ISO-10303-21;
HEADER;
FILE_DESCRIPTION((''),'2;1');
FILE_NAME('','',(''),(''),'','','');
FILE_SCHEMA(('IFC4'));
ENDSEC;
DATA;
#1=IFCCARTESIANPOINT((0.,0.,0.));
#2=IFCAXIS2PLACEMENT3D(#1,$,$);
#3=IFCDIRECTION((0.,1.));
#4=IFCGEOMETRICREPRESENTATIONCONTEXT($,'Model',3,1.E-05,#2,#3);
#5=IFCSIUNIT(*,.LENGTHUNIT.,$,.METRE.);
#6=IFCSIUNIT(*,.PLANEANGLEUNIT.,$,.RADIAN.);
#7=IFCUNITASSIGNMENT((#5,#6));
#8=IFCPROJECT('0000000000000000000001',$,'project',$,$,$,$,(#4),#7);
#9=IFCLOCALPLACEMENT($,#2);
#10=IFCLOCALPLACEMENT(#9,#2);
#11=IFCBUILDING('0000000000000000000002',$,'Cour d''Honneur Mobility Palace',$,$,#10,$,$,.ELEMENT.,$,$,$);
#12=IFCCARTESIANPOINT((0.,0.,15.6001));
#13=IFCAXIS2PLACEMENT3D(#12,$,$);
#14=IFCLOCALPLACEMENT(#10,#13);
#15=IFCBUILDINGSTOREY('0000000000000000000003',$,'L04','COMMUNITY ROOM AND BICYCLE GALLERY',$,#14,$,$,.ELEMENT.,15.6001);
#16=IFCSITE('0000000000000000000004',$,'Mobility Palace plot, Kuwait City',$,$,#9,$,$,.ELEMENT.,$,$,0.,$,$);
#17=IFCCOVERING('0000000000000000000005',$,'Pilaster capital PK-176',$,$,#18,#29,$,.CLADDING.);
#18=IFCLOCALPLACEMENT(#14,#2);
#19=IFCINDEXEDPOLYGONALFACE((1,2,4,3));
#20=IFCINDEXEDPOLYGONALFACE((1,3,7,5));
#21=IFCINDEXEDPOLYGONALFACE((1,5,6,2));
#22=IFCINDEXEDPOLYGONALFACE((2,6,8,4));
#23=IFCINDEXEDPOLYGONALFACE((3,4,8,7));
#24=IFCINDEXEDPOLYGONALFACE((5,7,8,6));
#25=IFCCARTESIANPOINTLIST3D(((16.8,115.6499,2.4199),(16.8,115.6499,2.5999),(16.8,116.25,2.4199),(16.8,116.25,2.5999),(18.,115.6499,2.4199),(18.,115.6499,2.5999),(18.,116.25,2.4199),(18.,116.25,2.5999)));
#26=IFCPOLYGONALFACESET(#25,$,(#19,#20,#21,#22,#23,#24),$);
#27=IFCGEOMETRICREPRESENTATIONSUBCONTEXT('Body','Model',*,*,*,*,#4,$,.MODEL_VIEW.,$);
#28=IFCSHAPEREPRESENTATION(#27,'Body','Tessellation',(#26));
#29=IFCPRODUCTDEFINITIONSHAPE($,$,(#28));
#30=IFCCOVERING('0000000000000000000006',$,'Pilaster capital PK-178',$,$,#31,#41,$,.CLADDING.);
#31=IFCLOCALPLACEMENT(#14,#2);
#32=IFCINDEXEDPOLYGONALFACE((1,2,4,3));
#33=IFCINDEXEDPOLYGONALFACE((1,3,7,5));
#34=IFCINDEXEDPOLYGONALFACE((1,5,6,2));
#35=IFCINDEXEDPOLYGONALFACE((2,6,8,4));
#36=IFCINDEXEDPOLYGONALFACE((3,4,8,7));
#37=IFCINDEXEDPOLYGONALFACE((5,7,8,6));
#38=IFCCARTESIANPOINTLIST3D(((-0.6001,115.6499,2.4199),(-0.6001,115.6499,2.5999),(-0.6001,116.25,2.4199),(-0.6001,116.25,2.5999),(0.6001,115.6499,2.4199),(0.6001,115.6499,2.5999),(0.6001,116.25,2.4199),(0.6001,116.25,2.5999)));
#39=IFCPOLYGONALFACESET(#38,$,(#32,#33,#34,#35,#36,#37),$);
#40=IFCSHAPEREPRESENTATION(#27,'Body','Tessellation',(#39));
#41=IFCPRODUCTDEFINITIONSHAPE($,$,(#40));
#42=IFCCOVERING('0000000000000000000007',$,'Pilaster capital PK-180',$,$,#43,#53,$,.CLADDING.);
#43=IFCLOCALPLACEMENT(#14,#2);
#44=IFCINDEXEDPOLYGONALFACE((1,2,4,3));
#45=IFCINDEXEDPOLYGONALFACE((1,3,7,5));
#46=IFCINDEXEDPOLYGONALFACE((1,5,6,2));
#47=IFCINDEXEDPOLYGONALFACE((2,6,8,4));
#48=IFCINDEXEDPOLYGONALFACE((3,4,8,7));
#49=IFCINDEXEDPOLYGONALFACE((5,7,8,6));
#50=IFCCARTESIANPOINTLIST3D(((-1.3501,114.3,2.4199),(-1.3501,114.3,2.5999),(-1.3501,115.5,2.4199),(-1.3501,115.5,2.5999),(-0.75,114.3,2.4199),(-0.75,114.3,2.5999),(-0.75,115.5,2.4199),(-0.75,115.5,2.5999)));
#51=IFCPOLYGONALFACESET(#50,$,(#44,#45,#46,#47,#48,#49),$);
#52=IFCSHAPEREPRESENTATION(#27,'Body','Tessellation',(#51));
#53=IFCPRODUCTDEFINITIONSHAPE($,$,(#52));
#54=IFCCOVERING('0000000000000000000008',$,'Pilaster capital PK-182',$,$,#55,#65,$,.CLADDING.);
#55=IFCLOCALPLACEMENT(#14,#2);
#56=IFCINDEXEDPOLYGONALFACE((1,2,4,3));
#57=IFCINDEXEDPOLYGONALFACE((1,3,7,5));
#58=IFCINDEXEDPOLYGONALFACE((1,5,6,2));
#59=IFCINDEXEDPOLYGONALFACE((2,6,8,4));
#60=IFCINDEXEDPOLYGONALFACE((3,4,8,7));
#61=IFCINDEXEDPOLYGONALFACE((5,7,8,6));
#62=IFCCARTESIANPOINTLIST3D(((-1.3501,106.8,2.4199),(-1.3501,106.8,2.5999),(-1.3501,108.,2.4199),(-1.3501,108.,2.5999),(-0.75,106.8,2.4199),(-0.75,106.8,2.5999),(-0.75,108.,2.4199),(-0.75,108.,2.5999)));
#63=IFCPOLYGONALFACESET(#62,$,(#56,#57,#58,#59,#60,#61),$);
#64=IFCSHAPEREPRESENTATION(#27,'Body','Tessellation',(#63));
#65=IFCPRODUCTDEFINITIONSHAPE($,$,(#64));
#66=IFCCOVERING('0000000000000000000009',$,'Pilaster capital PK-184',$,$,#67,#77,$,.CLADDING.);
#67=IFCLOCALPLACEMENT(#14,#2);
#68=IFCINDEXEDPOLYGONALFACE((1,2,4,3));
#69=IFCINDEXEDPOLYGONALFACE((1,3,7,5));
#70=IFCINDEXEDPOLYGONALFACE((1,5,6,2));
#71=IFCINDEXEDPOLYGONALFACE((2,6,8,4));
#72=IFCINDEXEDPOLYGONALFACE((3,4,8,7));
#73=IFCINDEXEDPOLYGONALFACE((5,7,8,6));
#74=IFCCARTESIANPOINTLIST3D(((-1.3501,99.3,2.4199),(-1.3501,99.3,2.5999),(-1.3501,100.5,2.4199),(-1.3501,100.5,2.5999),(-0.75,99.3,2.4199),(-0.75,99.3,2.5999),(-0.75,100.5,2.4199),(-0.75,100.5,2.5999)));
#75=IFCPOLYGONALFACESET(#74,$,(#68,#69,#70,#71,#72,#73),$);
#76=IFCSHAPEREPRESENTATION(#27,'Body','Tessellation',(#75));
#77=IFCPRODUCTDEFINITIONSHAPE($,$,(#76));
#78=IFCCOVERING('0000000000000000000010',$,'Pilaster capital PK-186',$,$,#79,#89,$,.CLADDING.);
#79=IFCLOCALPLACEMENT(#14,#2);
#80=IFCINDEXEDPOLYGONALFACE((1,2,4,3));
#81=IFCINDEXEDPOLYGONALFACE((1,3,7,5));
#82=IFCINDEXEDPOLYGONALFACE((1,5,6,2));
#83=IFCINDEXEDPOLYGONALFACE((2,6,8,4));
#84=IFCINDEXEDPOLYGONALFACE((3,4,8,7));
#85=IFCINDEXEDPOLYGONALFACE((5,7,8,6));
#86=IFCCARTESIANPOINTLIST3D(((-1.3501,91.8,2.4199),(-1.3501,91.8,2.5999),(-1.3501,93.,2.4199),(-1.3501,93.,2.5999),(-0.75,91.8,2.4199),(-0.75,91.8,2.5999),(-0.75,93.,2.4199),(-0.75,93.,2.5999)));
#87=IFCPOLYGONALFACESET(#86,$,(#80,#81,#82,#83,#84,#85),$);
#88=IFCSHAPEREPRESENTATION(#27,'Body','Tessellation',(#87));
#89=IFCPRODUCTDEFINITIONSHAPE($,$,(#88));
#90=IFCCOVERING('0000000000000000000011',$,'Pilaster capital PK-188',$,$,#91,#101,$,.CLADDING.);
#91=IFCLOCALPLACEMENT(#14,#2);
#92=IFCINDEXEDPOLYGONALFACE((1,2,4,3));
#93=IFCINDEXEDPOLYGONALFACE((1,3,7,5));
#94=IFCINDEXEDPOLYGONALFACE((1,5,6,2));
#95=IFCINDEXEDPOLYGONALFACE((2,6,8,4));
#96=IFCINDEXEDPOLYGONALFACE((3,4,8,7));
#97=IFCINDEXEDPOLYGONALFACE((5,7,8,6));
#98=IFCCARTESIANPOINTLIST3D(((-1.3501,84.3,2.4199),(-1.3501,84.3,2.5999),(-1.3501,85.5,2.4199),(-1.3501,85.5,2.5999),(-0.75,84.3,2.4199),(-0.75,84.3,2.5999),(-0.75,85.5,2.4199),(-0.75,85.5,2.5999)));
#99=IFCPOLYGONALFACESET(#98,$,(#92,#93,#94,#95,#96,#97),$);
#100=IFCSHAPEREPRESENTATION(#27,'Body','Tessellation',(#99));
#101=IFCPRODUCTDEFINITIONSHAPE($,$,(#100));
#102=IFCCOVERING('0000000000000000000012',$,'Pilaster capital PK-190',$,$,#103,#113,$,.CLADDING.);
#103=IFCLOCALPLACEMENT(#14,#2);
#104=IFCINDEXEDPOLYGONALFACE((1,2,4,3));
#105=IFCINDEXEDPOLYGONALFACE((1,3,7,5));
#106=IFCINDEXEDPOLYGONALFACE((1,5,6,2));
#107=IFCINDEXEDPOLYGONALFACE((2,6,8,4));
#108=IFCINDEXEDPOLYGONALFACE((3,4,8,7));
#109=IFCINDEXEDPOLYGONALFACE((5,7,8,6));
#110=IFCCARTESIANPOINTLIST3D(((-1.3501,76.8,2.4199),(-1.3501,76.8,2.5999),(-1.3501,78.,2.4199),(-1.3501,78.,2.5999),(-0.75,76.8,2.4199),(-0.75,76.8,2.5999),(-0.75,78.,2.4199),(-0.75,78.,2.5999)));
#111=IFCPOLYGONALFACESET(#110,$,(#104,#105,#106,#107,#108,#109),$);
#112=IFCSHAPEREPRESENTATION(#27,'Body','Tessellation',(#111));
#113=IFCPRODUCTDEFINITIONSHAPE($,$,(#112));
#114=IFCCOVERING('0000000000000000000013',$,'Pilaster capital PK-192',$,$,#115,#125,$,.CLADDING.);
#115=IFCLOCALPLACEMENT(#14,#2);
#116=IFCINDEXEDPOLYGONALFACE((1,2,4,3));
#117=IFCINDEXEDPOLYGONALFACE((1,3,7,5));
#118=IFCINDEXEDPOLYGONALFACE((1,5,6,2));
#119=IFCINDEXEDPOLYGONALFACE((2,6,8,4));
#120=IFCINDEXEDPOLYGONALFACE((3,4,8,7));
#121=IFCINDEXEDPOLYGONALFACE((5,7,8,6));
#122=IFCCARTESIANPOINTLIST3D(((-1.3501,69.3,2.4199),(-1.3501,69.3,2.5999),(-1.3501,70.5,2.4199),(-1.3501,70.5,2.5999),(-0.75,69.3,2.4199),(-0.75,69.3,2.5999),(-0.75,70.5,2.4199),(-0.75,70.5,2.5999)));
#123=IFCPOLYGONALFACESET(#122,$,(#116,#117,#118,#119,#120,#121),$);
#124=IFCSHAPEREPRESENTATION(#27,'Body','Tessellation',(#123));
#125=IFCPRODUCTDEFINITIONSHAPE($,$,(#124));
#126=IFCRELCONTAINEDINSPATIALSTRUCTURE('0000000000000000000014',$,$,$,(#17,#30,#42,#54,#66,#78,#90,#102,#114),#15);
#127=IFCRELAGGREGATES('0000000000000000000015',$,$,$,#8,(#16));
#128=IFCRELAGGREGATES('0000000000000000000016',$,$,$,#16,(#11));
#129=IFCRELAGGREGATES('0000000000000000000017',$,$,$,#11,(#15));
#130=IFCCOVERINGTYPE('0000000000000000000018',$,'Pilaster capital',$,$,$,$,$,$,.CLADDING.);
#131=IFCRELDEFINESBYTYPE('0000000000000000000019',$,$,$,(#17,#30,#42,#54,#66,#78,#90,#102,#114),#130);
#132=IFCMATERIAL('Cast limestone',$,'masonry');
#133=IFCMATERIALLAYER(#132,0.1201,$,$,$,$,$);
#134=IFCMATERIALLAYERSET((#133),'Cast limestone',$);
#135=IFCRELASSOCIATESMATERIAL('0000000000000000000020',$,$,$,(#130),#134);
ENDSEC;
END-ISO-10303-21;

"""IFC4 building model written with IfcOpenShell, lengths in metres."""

from ifc_helpers import new_model, si_unit, direction, frame, origin, place, context, subcontext, project, spatial, polyline, outline, extrude, material, layer, layer_set, type_object, element, save


model = new_model("IFC4")

# Units and contexts
model_context = context("Model", 3, precision=1e-05, world=origin(), true_north=direction((0.0, 1.0)))
body_context = subcontext(model_context, "Body", "Model", "MODEL_VIEW")
ifc_project = project(units=[si_unit("LENGTHUNIT", "METRE"), si_unit("PLANEANGLEUNIT", "RADIAN")], contexts=[model_context])

# Site, building, storey
site_placement = place(None, origin())
site = spatial("IfcSite", under=ifc_project, at=site_placement, Name="Mobility Palace plot, Kuwait City", CompositionType="ELEMENT", RefElevation=0.0)
building_placement = place(site_placement, origin())
building = spatial("IfcBuilding", under=site, at=building_placement, Name="Cour d'Honneur Mobility Palace", CompositionType="ELEMENT")
storey_placement = place(building_placement, frame((0.0, 0.0, 15.6001)))
storey = spatial("IfcBuildingStorey", under=building, at=storey_placement, Name="L04", Description="COMMUNITY ROOM AND BICYCLE GALLERY", CompositionType="ELEMENT", Elevation=15.6001)

# Coverings
ifc_material_1 = material(Name="Cast limestone", Category="masonry")
ifc_layer_1 = layer(ifc_material_1, 0.1201)
ifc_layer_set_1 = layer_set([ifc_layer_1], Name="Cast limestone")
covering_type = type_object("IfcCoveringType", Name="Pilaster capital", PredefinedType="CLADDING", material=ifc_layer_set_1)
covering_1_placement = place(storey_placement, frame((0.0, 0.0, 2.4199)))
element("IfcCovering", 1, at=covering_1_placement, inside=storey, type_object=covering_type, Name="Pilaster capital PK-176", PredefinedType="CLADDING", context=body_context, shape_type="SweptSolid", body=[
    extrude(outline(polyline([(18.0, 115.6499), (16.8, 115.6499), (16.8, 116.25), (18.0, 116.25), (18.0, 115.6499)])), origin(), (0.0, 0.0, 1.0), 0.1799),
])
covering_2_placement = place(storey_placement, frame((0.0, 0.0, 2.4199)))
element("IfcCovering", 2, at=covering_2_placement, inside=storey, type_object=covering_type, Name="Pilaster capital PK-178", PredefinedType="CLADDING", context=body_context, shape_type="SweptSolid", body=[
    extrude(outline(polyline([(0.6001, 115.6499), (-0.6001, 115.6499), (-0.6001, 116.25), (0.6001, 116.25), (0.6001, 115.6499)])), origin(), (0.0, 0.0, 1.0), 0.1799),
])
covering_3_placement = place(storey_placement, frame((0.0, 0.0, 2.4199)))
element("IfcCovering", 3, at=covering_3_placement, inside=storey, type_object=covering_type, Name="Pilaster capital PK-180", PredefinedType="CLADDING", context=body_context, shape_type="SweptSolid", body=[
    extrude(outline(polyline([(-0.75, 115.5), (-0.75, 114.3), (-1.3501, 114.3), (-1.3501, 115.5), (-0.75, 115.5)])), origin(), (0.0, 0.0, 1.0), 0.1799),
])
covering_4_placement = place(storey_placement, frame((0.0, 0.0, 2.4199)))
element("IfcCovering", 4, at=covering_4_placement, inside=storey, type_object=covering_type, Name="Pilaster capital PK-182", PredefinedType="CLADDING", context=body_context, shape_type="SweptSolid", body=[
    extrude(outline(polyline([(-0.75, 108.0), (-0.75, 106.8), (-1.3501, 106.8), (-1.3501, 108.0), (-0.75, 108.0)])), origin(), (0.0, 0.0, 1.0), 0.1799),
])
covering_5_placement = place(storey_placement, frame((0.0, 0.0, 2.4199)))
element("IfcCovering", 5, at=covering_5_placement, inside=storey, type_object=covering_type, Name="Pilaster capital PK-184", PredefinedType="CLADDING", context=body_context, shape_type="SweptSolid", body=[
    extrude(outline(polyline([(-0.75, 100.5), (-0.75, 99.3), (-1.3501, 99.3), (-1.3501, 100.5), (-0.75, 100.5)])), origin(), (0.0, 0.0, 1.0), 0.1799),
])
covering_6_placement = place(storey_placement, frame((0.0, 0.0, 2.4199)))
element("IfcCovering", 6, at=covering_6_placement, inside=storey, type_object=covering_type, Name="Pilaster capital PK-186", PredefinedType="CLADDING", context=body_context, shape_type="SweptSolid", body=[
    extrude(outline(polyline([(-0.75, 93.0), (-0.75, 91.8), (-1.3501, 91.8), (-1.3501, 93.0), (-0.75, 93.0)])), origin(), (0.0, 0.0, 1.0), 0.1799),
])
covering_7_placement = place(storey_placement, frame((0.0, 0.0, 2.4199)))
element("IfcCovering", 7, at=covering_7_placement, inside=storey, type_object=covering_type, Name="Pilaster capital PK-188", PredefinedType="CLADDING", context=body_context, shape_type="SweptSolid", body=[
    extrude(outline(polyline([(-0.75, 85.5), (-0.75, 84.3), (-1.3501, 84.3), (-1.3501, 85.5), (-0.75, 85.5)])), origin(), (0.0, 0.0, 1.0), 0.1799),
])
covering_8_placement = place(storey_placement, frame((0.0, 0.0, 2.4199)))
element("IfcCovering", 8, at=covering_8_placement, inside=storey, type_object=covering_type, Name="Pilaster capital PK-190", PredefinedType="CLADDING", context=body_context, shape_type="SweptSolid", body=[
    extrude(outline(polyline([(-0.75, 78.0), (-0.75, 76.8), (-1.3501, 76.8), (-1.3501, 78.0), (-0.75, 78.0)])), origin(), (0.0, 0.0, 1.0), 0.1799),
])
covering_9_placement = place(storey_placement, frame((0.0, 0.0, 2.4199)))
element("IfcCovering", 9, at=covering_9_placement, inside=storey, type_object=covering_type, Name="Pilaster capital PK-192", PredefinedType="CLADDING", context=body_context, shape_type="SweptSolid", body=[
    extrude(outline(polyline([(-0.75, 70.5), (-0.75, 69.3), (-1.3501, 69.3), (-1.3501, 70.5), (-0.75, 70.5)])), origin(), (0.0, 0.0, 1.0), 0.1799),
])

save(model, "model.ifc")
